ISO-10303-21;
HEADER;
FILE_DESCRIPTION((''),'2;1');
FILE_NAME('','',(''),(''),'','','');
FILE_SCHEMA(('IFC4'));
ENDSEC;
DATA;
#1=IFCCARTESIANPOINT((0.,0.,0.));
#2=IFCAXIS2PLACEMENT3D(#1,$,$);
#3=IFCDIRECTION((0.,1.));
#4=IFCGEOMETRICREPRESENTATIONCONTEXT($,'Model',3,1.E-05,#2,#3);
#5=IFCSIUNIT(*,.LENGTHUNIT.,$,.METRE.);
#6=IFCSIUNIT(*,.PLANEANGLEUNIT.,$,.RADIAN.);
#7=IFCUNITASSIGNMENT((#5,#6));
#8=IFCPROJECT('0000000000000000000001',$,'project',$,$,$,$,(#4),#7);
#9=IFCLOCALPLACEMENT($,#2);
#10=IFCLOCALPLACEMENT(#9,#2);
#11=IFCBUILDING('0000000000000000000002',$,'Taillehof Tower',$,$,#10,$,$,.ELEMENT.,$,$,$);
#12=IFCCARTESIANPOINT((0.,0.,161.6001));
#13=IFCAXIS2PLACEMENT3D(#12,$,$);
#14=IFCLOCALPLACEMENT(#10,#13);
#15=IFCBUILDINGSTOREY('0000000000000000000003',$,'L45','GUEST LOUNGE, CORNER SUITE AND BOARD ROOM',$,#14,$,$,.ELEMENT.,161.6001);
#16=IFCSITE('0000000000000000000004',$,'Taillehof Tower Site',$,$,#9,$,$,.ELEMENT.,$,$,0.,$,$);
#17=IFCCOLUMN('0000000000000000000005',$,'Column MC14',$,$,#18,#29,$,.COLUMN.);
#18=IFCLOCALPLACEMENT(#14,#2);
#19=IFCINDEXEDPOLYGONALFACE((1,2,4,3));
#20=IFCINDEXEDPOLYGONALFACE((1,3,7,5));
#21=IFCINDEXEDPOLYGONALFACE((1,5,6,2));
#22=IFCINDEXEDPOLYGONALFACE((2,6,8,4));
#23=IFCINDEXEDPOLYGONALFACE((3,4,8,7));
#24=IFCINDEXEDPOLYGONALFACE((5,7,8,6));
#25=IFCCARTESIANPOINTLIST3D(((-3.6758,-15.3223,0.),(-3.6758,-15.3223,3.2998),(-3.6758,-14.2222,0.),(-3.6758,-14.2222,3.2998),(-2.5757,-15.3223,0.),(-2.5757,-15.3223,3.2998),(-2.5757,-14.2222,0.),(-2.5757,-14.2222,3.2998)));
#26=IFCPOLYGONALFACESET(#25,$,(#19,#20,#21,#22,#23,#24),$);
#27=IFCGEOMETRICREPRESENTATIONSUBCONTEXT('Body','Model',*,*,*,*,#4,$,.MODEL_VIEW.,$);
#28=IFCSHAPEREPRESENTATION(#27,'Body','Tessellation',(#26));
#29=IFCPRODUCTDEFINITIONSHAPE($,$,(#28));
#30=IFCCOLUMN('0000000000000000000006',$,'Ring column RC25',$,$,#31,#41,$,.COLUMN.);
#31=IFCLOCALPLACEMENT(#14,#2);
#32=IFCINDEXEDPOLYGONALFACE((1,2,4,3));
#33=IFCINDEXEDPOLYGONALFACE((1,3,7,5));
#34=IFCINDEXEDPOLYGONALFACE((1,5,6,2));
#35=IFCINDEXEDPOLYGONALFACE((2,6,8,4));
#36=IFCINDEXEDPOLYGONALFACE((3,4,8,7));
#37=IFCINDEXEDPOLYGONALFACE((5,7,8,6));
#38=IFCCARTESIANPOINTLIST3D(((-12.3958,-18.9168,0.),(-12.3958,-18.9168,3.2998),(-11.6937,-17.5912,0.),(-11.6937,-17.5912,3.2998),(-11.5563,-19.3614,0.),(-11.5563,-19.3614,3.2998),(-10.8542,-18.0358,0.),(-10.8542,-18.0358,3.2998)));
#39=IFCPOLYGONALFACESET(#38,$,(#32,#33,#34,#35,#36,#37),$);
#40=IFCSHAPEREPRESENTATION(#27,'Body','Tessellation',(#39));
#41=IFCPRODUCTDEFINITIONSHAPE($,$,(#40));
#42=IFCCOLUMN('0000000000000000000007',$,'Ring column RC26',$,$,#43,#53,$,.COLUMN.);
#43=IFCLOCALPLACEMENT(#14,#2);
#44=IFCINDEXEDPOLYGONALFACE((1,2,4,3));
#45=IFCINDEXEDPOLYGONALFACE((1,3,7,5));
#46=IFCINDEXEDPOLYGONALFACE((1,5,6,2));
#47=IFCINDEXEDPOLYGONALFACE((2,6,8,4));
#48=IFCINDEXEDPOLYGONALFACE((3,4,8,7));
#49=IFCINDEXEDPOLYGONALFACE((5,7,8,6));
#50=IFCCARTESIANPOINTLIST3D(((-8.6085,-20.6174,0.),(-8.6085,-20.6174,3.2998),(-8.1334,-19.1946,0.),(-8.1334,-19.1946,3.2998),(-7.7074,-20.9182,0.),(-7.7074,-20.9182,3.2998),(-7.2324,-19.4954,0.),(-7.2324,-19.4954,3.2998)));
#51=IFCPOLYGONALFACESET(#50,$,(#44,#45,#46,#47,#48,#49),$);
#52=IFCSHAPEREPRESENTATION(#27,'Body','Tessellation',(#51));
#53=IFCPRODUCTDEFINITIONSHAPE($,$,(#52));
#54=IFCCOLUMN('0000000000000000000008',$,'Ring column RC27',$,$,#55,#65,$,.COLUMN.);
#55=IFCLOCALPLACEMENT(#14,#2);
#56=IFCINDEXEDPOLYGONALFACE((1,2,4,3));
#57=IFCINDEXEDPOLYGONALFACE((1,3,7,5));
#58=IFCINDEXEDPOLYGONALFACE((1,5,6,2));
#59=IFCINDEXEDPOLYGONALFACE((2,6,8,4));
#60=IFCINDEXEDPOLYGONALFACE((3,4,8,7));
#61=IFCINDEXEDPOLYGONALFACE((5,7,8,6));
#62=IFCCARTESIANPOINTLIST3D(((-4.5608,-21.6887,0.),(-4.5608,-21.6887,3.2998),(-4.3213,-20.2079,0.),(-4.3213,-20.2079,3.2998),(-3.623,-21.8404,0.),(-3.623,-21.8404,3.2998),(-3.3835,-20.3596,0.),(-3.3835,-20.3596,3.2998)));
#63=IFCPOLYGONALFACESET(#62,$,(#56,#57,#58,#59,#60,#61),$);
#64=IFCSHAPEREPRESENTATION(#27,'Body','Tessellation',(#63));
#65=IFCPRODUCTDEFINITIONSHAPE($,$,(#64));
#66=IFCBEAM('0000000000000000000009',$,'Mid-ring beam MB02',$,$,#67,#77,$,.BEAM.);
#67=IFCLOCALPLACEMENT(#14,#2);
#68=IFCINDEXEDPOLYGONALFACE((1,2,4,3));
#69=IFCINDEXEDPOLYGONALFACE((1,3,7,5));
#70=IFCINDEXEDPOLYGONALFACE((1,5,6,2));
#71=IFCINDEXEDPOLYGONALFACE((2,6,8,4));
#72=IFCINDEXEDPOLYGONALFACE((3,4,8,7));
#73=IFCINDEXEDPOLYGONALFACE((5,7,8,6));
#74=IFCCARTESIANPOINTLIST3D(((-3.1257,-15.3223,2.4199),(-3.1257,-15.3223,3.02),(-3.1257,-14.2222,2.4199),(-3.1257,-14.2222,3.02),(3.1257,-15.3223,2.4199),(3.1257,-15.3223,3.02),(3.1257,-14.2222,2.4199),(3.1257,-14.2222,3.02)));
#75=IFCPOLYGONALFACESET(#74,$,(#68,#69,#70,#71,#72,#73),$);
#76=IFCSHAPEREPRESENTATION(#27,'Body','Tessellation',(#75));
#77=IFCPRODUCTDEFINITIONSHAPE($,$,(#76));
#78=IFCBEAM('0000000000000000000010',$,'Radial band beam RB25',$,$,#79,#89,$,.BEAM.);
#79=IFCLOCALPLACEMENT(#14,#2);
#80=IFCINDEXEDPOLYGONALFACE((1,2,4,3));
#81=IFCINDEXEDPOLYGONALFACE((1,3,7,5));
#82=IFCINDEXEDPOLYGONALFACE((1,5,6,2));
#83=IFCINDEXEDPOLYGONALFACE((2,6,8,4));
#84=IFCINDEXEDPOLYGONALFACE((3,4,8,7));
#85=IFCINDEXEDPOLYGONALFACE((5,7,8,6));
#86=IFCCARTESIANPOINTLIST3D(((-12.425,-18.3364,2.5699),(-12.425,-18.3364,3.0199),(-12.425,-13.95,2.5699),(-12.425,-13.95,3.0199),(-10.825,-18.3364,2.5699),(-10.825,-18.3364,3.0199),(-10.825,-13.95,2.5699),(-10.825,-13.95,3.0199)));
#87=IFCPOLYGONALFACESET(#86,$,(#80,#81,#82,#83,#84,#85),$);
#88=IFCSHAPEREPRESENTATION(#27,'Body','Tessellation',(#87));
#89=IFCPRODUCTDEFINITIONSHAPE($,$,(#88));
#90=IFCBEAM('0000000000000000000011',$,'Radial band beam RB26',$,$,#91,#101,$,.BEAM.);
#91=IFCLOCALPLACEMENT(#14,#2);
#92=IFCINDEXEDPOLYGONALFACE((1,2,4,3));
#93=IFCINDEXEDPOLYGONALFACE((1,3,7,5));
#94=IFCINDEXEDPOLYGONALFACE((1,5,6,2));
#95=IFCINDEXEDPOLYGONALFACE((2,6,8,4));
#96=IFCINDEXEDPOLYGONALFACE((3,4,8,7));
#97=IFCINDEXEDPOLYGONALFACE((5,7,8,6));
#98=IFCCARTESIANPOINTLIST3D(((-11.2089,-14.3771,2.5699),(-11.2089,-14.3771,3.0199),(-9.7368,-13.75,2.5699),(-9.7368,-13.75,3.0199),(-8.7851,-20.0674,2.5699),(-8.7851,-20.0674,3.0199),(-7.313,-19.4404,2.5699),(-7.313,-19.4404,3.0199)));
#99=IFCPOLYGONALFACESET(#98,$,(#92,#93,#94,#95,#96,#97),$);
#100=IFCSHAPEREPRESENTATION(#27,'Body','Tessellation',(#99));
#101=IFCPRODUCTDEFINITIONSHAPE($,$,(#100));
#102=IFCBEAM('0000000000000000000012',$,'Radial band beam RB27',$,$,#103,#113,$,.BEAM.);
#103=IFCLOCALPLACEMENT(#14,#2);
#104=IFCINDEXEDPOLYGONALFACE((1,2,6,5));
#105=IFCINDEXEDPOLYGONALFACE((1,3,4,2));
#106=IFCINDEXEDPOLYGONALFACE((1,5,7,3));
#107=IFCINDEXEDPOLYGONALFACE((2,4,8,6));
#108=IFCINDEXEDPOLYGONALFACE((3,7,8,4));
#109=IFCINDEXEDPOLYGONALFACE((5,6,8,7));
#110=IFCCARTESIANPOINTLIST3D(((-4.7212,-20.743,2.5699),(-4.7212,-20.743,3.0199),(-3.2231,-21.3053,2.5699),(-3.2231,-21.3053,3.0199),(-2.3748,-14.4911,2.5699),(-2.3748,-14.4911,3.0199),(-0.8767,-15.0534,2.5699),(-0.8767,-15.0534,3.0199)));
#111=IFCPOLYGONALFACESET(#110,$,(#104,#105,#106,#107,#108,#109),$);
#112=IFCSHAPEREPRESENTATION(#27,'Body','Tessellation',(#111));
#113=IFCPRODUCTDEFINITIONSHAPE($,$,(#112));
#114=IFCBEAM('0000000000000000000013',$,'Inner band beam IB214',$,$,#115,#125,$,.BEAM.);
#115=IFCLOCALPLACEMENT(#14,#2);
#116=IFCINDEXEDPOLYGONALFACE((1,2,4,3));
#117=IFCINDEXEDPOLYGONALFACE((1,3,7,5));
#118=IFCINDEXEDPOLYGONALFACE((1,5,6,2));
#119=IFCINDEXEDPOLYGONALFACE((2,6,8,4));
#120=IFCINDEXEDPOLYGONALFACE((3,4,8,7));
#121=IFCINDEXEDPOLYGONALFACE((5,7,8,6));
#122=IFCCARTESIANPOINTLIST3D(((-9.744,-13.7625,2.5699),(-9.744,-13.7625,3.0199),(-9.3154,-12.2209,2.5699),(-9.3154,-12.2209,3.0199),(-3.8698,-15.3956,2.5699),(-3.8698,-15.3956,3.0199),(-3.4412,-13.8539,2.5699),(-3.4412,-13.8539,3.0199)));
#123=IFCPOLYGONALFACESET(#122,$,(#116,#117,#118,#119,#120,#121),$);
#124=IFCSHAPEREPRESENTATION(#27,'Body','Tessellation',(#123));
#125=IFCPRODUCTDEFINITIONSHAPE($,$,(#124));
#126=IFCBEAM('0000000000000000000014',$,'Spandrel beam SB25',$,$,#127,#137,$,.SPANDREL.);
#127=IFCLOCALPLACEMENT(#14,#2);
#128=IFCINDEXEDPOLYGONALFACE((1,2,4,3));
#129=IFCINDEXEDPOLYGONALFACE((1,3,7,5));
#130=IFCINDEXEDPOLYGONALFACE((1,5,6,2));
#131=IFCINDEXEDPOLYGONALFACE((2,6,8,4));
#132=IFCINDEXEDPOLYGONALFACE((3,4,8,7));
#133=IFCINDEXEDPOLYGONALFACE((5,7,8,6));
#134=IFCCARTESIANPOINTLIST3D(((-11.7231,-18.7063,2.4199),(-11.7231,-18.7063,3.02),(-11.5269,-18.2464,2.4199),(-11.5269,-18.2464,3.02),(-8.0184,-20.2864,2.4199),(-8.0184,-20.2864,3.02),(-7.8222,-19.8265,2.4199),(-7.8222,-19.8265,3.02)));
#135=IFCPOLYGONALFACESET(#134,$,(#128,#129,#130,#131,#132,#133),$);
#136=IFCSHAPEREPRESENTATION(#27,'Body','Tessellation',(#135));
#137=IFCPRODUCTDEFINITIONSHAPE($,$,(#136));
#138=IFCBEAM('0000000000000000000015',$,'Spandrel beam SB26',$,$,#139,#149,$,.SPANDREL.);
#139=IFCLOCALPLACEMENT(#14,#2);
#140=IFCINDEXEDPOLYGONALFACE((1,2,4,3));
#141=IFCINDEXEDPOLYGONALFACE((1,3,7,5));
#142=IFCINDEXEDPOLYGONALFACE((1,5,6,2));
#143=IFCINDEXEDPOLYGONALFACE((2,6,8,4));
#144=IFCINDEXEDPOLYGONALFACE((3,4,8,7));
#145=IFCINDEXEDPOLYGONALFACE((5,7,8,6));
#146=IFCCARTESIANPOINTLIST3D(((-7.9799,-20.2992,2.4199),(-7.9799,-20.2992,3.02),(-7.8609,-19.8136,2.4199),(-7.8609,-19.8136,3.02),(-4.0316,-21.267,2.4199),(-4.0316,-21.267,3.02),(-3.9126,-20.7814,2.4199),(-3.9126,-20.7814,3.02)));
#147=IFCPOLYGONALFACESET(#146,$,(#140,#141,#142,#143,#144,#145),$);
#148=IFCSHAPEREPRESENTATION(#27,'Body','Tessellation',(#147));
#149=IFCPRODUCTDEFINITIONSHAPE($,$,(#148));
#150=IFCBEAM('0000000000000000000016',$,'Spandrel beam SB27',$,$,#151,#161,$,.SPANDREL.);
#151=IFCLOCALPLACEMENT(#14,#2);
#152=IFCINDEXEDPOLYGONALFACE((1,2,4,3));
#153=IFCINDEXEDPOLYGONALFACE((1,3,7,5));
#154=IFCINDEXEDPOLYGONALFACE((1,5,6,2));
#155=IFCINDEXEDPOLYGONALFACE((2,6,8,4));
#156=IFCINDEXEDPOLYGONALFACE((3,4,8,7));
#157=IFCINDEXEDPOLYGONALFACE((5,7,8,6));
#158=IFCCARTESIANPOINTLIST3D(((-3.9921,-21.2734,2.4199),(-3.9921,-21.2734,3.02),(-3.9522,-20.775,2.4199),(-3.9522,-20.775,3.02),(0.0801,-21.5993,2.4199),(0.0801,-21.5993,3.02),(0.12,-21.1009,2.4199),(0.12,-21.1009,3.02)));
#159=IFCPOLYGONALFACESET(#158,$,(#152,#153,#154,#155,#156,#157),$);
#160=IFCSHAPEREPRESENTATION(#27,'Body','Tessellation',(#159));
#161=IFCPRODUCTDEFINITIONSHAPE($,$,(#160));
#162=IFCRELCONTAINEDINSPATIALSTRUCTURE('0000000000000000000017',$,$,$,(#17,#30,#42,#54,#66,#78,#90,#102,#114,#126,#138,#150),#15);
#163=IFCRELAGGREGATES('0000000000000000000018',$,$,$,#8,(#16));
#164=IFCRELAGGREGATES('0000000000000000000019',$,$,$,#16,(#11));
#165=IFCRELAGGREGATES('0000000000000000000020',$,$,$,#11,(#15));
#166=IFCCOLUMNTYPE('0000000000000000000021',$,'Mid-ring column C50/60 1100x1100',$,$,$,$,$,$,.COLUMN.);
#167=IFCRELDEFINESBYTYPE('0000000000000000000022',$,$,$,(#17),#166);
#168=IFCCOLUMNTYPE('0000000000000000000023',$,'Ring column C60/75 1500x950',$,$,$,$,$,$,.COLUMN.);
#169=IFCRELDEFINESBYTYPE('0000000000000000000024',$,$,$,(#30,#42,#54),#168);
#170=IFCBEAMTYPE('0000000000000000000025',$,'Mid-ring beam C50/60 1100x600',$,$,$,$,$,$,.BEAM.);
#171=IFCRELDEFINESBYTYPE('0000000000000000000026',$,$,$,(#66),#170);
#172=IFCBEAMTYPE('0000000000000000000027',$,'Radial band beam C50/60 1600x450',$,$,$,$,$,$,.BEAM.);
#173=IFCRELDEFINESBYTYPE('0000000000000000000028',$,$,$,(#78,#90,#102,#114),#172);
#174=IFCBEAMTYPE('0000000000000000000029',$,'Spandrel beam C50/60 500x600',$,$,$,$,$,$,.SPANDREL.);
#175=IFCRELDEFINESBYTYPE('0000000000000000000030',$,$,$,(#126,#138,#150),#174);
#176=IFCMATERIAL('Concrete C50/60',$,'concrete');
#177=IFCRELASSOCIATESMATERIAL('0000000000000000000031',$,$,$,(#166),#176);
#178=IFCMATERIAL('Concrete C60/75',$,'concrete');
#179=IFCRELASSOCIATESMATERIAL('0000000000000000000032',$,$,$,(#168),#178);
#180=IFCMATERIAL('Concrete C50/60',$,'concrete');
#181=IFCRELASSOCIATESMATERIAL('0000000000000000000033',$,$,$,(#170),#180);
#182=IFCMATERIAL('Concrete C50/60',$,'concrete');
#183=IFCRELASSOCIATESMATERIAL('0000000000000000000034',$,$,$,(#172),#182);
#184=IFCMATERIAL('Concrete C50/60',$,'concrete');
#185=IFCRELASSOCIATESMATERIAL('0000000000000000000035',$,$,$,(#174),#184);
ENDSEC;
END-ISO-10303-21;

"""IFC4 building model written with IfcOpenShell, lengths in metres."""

from ifc_helpers import new_model, si_unit, direction, frame, origin, origin_2d, place, context, subcontext, project, spatial, rectangle, extrude, material, material_profile, profile_set, type_object, element, save


model = new_model("IFC4")

# Units and contexts
model_context = context("Model", 3, precision=1e-05, world=origin(), true_north=direction((0.0, 1.0)))
body_context = subcontext(model_context, "Body", "Model", "MODEL_VIEW")
ifc_project = project(units=[si_unit("LENGTHUNIT", "METRE"), si_unit("PLANEANGLEUNIT", "RADIAN")], contexts=[model_context])

# Site, building, storey
site_placement = place(None, origin())
site = spatial("IfcSite", under=ifc_project, at=site_placement, Name="Taillehof Tower Site", CompositionType="ELEMENT", RefElevation=0.0)
building_placement = place(site_placement, origin())
building = spatial("IfcBuilding", under=site, at=building_placement, Name="Taillehof Tower", CompositionType="ELEMENT")
storey_placement = place(building_placement, frame((0.0, 0.0, 161.6001)))
storey = spatial("IfcBuildingStorey", under=building, at=storey_placement, Name="L45", Description="GUEST LOUNGE, CORNER SUITE AND BOARD ROOM", CompositionType="ELEMENT", Elevation=161.6001)

# Columns
ifc_material_1 = material(Name="Concrete C50/60", Category="concrete")
ifc_material_profile_1 = material_profile(ifc_material_1, rectangle(XDim=1.1001, YDim=1.1001, at=origin_2d()), Name="RC 1100x1100")
ifc_profile_set_1 = profile_set([ifc_material_profile_1], Name="Concrete C50/60")
column_type_1 = type_object("IfcColumnType", Name="Mid-ring column C50/60 1100x1100", PredefinedType="COLUMN", material=ifc_profile_set_1)
column_placement = place(storey_placement, frame((-3.1257, -14.7722, 0.0), z_axis=(0.0, 0.0, 1.0), x_axis=(1.0, 0.0, 0.0)))
element("IfcColumn", 1, at=column_placement, inside=storey, type_object=column_type_1, Name="Column MC14", PredefinedType="COLUMN", context=body_context, shape_type="SweptSolid", body=[
    extrude(rectangle(XDim=1.1001, YDim=1.1001, at=origin_2d()), origin(), (0.0, 0.0, 1.0), 3.2998),
])
ifc_material_2 = material(Name="Concrete C60/75", Category="concrete")
ifc_material_profile_2 = material_profile(ifc_material_2, rectangle(XDim=1.5, YDim=0.95, at=origin_2d()), Name="RC 1500x950")
ifc_profile_set_2 = profile_set([ifc_material_profile_2], Name="Concrete C60/75")
column_type_2 = type_object("IfcColumnType", Name="Ring column C60/75 1500x950", PredefinedType="COLUMN", material=ifc_profile_set_2)
for number, where, z_axis, x_axis, name in (
    (2, (-11.625, -18.4763, 0.0), (0.0, 0.0, 1.0), (-0.468042, -0.883706, 0.0), "Ring column RC25"),
    (3, (-7.9204, -20.0564, 0.0), (0.0, 0.0, 1.0), (-0.316703, -0.948525, 0.0), "Ring column RC26"),
    (4, (-3.9722, -21.0242, 0.0), (0.0, 0.0, 1.0), (-0.159679, -0.987169, 0.0), "Ring column RC27"),
):
    element("IfcColumn", number, at=place(storey_placement, frame(where, z_axis=z_axis, x_axis=x_axis)), inside=storey, type_object=column_type_2, Name=name, PredefinedType="COLUMN", context=body_context, shape_type="SweptSolid", body=[
        extrude(rectangle(XDim=1.5, YDim=0.95, at=origin_2d()), origin(), (0.0, 0.0, 1.0), 3.2998),
    ])

# Beams
ifc_material_3 = material(Name="Concrete C50/60", Category="concrete")
ifc_material_profile_3 = material_profile(ifc_material_3, rectangle(XDim=1.1001, YDim=0.6001, at=origin_2d()), Name="RC 1100x600")
ifc_profile_set_3 = profile_set([ifc_material_profile_3], Name="Concrete C50/60")
beam_type_1 = type_object("IfcBeamType", Name="Mid-ring beam C50/60 1100x600", PredefinedType="BEAM", material=ifc_profile_set_3)
beam_1_placement = place(storey_placement, frame((-3.1257, -14.7722, 2.72), z_axis=(1.0, 0.0, 0.0), x_axis=(0.0, 1.0, 0.0)))
element("IfcBeam", 5, at=beam_1_placement, inside=storey, type_object=beam_type_1, Name="Mid-ring beam MB02", PredefinedType="BEAM", context=body_context, shape_type="SweptSolid", body=[
    extrude(rectangle(XDim=1.1001, YDim=0.6001, at=origin_2d()), origin(), (0.0, 0.0, 1.0), 6.2515),
])
ifc_material_4 = material(Name="Concrete C50/60", Category="concrete")
ifc_material_profile_4 = material_profile(ifc_material_4, rectangle(XDim=1.6001, YDim=0.45, at=origin_2d()), Name="RC 1600x450")
ifc_profile_set_4 = profile_set([ifc_material_profile_4], Name="Concrete C50/60")
beam_type_2 = type_object("IfcBeamType", Name="Radial band beam C50/60 1600x450", PredefinedType="BEAM", material=ifc_profile_set_4)
beam_2_placement = place(storey_placement, frame((-11.625, -18.3364, 2.7949), z_axis=(0.0, 1.0, 0.0), x_axis=(-1.0, 0.0, 0.0)))
element("IfcBeam", 6, at=beam_2_placement, inside=storey, type_object=beam_type_2, Name="Radial band beam RB25", PredefinedType="BEAM", context=body_context, shape_type="SweptSolid", body=[
    extrude(rectangle(XDim=1.6001, YDim=0.45, at=origin_2d()), origin(), (0.0, 0.0, 1.0), 4.3865),
])
beam_3_placement = place(storey_placement, frame((-8.0491, -19.7539, 2.7949), z_axis=(-0.391879, 0.920017, 0.0), x_axis=(-0.920017, -0.391879, 0.0)))
element("IfcBeam", 7, at=beam_3_placement, inside=storey, type_object=beam_type_2, Name="Radial band beam RB26", PredefinedType="BEAM", context=body_context, shape_type="SweptSolid", body=[
    extrude(rectangle(XDim=1.6001, YDim=0.45, at=origin_2d()), origin(), (0.0, 0.0, 1.0), 6.1851),
])
beam_4_placement = place(storey_placement, frame((-3.9722, -21.0242, 2.7949), z_axis=(0.35138, 0.936233, 0.0), x_axis=(-0.936233, 0.35138, 0.0)))
element("IfcBeam", 8, at=beam_4_placement, inside=storey, type_object=beam_type_2, Name="Radial band beam RB27", PredefinedType="BEAM", context=body_context, shape_type="SweptSolid", body=[
    extrude(rectangle(XDim=1.6001, YDim=0.45, at=origin_2d()), origin(), (0.0, 0.0, 1.0), 6.6777),
])
beam_5_placement = place(storey_placement, frame((-3.6555, -14.6248, 2.7949), z_axis=(-0.963459, 0.267855, 0.0), x_axis=(-0.267855, -0.963459, 0.0)))
element("IfcBeam", 9, at=beam_5_placement, inside=storey, type_object=beam_type_2, Name="Inner band beam IB214", PredefinedType="BEAM", context=body_context, shape_type="SweptSolid", body=[
    extrude(rectangle(XDim=1.6001, YDim=0.45, at=origin_2d()), origin(), (0.0, 0.0, 1.0), 6.0969),
])
ifc_material_5 = material(Name="Concrete C50/60", Category="concrete")
ifc_material_profile_5 = material_profile(ifc_material_5, rectangle(XDim=0.5, YDim=0.6001, at=origin_2d()), Name="RC 500x600")
ifc_profile_set_5 = profile_set([ifc_material_profile_5], Name="Concrete C50/60")
beam_type_3 = type_object("IfcBeamType", Name="Spandrel beam C50/60 500x600", PredefinedType="SPANDREL", material=ifc_profile_set_5)
beam_6_placement = place(storey_placement, frame((-11.625, -18.4763, 2.72), z_axis=(0.919827, -0.392324, 0.0), x_axis=(0.392324, 0.919827, 0.0)))
element("IfcBeam", 10, at=beam_6_placement, inside=storey, type_object=beam_type_3, Name="Spandrel beam SB25", PredefinedType="SPANDREL", context=body_context, shape_type="SweptSolid", body=[
    extrude(rectangle(XDim=0.5, YDim=0.6001, at=origin_2d()), origin(), (0.0, 0.0, 1.0), 4.0276),
])
beam_7_placement = place(storey_placement, frame((-7.9204, -20.0564, 2.72), z_axis=(0.971249, -0.238068, 0.0), x_axis=(0.238068, 0.971249, 0.0)))
element("IfcBeam", 11, at=beam_7_placement, inside=storey, type_object=beam_type_3, Name="Spandrel beam SB26", PredefinedType="SPANDREL", context=body_context, shape_type="SweptSolid", body=[
    extrude(rectangle(XDim=0.5, YDim=0.6001, at=origin_2d()), origin(), (0.0, 0.0, 1.0), 4.0652),
])
beam_8_placement = place(storey_placement, frame((-3.9722, -21.0242, 2.72), z_axis=(0.996812, -0.079781, 0.0), x_axis=(0.079781, 0.996812, 0.0)))
element("IfcBeam", 12, at=beam_8_placement, inside=storey, type_object=beam_type_3, Name="Spandrel beam SB27", PredefinedType="SPANDREL", context=body_context, shape_type="SweptSolid", body=[
    extrude(rectangle(XDim=0.5, YDim=0.6001, at=origin_2d()), origin(), (0.0, 0.0, 1.0), 4.0852),
])

save(model, "model.ifc")
